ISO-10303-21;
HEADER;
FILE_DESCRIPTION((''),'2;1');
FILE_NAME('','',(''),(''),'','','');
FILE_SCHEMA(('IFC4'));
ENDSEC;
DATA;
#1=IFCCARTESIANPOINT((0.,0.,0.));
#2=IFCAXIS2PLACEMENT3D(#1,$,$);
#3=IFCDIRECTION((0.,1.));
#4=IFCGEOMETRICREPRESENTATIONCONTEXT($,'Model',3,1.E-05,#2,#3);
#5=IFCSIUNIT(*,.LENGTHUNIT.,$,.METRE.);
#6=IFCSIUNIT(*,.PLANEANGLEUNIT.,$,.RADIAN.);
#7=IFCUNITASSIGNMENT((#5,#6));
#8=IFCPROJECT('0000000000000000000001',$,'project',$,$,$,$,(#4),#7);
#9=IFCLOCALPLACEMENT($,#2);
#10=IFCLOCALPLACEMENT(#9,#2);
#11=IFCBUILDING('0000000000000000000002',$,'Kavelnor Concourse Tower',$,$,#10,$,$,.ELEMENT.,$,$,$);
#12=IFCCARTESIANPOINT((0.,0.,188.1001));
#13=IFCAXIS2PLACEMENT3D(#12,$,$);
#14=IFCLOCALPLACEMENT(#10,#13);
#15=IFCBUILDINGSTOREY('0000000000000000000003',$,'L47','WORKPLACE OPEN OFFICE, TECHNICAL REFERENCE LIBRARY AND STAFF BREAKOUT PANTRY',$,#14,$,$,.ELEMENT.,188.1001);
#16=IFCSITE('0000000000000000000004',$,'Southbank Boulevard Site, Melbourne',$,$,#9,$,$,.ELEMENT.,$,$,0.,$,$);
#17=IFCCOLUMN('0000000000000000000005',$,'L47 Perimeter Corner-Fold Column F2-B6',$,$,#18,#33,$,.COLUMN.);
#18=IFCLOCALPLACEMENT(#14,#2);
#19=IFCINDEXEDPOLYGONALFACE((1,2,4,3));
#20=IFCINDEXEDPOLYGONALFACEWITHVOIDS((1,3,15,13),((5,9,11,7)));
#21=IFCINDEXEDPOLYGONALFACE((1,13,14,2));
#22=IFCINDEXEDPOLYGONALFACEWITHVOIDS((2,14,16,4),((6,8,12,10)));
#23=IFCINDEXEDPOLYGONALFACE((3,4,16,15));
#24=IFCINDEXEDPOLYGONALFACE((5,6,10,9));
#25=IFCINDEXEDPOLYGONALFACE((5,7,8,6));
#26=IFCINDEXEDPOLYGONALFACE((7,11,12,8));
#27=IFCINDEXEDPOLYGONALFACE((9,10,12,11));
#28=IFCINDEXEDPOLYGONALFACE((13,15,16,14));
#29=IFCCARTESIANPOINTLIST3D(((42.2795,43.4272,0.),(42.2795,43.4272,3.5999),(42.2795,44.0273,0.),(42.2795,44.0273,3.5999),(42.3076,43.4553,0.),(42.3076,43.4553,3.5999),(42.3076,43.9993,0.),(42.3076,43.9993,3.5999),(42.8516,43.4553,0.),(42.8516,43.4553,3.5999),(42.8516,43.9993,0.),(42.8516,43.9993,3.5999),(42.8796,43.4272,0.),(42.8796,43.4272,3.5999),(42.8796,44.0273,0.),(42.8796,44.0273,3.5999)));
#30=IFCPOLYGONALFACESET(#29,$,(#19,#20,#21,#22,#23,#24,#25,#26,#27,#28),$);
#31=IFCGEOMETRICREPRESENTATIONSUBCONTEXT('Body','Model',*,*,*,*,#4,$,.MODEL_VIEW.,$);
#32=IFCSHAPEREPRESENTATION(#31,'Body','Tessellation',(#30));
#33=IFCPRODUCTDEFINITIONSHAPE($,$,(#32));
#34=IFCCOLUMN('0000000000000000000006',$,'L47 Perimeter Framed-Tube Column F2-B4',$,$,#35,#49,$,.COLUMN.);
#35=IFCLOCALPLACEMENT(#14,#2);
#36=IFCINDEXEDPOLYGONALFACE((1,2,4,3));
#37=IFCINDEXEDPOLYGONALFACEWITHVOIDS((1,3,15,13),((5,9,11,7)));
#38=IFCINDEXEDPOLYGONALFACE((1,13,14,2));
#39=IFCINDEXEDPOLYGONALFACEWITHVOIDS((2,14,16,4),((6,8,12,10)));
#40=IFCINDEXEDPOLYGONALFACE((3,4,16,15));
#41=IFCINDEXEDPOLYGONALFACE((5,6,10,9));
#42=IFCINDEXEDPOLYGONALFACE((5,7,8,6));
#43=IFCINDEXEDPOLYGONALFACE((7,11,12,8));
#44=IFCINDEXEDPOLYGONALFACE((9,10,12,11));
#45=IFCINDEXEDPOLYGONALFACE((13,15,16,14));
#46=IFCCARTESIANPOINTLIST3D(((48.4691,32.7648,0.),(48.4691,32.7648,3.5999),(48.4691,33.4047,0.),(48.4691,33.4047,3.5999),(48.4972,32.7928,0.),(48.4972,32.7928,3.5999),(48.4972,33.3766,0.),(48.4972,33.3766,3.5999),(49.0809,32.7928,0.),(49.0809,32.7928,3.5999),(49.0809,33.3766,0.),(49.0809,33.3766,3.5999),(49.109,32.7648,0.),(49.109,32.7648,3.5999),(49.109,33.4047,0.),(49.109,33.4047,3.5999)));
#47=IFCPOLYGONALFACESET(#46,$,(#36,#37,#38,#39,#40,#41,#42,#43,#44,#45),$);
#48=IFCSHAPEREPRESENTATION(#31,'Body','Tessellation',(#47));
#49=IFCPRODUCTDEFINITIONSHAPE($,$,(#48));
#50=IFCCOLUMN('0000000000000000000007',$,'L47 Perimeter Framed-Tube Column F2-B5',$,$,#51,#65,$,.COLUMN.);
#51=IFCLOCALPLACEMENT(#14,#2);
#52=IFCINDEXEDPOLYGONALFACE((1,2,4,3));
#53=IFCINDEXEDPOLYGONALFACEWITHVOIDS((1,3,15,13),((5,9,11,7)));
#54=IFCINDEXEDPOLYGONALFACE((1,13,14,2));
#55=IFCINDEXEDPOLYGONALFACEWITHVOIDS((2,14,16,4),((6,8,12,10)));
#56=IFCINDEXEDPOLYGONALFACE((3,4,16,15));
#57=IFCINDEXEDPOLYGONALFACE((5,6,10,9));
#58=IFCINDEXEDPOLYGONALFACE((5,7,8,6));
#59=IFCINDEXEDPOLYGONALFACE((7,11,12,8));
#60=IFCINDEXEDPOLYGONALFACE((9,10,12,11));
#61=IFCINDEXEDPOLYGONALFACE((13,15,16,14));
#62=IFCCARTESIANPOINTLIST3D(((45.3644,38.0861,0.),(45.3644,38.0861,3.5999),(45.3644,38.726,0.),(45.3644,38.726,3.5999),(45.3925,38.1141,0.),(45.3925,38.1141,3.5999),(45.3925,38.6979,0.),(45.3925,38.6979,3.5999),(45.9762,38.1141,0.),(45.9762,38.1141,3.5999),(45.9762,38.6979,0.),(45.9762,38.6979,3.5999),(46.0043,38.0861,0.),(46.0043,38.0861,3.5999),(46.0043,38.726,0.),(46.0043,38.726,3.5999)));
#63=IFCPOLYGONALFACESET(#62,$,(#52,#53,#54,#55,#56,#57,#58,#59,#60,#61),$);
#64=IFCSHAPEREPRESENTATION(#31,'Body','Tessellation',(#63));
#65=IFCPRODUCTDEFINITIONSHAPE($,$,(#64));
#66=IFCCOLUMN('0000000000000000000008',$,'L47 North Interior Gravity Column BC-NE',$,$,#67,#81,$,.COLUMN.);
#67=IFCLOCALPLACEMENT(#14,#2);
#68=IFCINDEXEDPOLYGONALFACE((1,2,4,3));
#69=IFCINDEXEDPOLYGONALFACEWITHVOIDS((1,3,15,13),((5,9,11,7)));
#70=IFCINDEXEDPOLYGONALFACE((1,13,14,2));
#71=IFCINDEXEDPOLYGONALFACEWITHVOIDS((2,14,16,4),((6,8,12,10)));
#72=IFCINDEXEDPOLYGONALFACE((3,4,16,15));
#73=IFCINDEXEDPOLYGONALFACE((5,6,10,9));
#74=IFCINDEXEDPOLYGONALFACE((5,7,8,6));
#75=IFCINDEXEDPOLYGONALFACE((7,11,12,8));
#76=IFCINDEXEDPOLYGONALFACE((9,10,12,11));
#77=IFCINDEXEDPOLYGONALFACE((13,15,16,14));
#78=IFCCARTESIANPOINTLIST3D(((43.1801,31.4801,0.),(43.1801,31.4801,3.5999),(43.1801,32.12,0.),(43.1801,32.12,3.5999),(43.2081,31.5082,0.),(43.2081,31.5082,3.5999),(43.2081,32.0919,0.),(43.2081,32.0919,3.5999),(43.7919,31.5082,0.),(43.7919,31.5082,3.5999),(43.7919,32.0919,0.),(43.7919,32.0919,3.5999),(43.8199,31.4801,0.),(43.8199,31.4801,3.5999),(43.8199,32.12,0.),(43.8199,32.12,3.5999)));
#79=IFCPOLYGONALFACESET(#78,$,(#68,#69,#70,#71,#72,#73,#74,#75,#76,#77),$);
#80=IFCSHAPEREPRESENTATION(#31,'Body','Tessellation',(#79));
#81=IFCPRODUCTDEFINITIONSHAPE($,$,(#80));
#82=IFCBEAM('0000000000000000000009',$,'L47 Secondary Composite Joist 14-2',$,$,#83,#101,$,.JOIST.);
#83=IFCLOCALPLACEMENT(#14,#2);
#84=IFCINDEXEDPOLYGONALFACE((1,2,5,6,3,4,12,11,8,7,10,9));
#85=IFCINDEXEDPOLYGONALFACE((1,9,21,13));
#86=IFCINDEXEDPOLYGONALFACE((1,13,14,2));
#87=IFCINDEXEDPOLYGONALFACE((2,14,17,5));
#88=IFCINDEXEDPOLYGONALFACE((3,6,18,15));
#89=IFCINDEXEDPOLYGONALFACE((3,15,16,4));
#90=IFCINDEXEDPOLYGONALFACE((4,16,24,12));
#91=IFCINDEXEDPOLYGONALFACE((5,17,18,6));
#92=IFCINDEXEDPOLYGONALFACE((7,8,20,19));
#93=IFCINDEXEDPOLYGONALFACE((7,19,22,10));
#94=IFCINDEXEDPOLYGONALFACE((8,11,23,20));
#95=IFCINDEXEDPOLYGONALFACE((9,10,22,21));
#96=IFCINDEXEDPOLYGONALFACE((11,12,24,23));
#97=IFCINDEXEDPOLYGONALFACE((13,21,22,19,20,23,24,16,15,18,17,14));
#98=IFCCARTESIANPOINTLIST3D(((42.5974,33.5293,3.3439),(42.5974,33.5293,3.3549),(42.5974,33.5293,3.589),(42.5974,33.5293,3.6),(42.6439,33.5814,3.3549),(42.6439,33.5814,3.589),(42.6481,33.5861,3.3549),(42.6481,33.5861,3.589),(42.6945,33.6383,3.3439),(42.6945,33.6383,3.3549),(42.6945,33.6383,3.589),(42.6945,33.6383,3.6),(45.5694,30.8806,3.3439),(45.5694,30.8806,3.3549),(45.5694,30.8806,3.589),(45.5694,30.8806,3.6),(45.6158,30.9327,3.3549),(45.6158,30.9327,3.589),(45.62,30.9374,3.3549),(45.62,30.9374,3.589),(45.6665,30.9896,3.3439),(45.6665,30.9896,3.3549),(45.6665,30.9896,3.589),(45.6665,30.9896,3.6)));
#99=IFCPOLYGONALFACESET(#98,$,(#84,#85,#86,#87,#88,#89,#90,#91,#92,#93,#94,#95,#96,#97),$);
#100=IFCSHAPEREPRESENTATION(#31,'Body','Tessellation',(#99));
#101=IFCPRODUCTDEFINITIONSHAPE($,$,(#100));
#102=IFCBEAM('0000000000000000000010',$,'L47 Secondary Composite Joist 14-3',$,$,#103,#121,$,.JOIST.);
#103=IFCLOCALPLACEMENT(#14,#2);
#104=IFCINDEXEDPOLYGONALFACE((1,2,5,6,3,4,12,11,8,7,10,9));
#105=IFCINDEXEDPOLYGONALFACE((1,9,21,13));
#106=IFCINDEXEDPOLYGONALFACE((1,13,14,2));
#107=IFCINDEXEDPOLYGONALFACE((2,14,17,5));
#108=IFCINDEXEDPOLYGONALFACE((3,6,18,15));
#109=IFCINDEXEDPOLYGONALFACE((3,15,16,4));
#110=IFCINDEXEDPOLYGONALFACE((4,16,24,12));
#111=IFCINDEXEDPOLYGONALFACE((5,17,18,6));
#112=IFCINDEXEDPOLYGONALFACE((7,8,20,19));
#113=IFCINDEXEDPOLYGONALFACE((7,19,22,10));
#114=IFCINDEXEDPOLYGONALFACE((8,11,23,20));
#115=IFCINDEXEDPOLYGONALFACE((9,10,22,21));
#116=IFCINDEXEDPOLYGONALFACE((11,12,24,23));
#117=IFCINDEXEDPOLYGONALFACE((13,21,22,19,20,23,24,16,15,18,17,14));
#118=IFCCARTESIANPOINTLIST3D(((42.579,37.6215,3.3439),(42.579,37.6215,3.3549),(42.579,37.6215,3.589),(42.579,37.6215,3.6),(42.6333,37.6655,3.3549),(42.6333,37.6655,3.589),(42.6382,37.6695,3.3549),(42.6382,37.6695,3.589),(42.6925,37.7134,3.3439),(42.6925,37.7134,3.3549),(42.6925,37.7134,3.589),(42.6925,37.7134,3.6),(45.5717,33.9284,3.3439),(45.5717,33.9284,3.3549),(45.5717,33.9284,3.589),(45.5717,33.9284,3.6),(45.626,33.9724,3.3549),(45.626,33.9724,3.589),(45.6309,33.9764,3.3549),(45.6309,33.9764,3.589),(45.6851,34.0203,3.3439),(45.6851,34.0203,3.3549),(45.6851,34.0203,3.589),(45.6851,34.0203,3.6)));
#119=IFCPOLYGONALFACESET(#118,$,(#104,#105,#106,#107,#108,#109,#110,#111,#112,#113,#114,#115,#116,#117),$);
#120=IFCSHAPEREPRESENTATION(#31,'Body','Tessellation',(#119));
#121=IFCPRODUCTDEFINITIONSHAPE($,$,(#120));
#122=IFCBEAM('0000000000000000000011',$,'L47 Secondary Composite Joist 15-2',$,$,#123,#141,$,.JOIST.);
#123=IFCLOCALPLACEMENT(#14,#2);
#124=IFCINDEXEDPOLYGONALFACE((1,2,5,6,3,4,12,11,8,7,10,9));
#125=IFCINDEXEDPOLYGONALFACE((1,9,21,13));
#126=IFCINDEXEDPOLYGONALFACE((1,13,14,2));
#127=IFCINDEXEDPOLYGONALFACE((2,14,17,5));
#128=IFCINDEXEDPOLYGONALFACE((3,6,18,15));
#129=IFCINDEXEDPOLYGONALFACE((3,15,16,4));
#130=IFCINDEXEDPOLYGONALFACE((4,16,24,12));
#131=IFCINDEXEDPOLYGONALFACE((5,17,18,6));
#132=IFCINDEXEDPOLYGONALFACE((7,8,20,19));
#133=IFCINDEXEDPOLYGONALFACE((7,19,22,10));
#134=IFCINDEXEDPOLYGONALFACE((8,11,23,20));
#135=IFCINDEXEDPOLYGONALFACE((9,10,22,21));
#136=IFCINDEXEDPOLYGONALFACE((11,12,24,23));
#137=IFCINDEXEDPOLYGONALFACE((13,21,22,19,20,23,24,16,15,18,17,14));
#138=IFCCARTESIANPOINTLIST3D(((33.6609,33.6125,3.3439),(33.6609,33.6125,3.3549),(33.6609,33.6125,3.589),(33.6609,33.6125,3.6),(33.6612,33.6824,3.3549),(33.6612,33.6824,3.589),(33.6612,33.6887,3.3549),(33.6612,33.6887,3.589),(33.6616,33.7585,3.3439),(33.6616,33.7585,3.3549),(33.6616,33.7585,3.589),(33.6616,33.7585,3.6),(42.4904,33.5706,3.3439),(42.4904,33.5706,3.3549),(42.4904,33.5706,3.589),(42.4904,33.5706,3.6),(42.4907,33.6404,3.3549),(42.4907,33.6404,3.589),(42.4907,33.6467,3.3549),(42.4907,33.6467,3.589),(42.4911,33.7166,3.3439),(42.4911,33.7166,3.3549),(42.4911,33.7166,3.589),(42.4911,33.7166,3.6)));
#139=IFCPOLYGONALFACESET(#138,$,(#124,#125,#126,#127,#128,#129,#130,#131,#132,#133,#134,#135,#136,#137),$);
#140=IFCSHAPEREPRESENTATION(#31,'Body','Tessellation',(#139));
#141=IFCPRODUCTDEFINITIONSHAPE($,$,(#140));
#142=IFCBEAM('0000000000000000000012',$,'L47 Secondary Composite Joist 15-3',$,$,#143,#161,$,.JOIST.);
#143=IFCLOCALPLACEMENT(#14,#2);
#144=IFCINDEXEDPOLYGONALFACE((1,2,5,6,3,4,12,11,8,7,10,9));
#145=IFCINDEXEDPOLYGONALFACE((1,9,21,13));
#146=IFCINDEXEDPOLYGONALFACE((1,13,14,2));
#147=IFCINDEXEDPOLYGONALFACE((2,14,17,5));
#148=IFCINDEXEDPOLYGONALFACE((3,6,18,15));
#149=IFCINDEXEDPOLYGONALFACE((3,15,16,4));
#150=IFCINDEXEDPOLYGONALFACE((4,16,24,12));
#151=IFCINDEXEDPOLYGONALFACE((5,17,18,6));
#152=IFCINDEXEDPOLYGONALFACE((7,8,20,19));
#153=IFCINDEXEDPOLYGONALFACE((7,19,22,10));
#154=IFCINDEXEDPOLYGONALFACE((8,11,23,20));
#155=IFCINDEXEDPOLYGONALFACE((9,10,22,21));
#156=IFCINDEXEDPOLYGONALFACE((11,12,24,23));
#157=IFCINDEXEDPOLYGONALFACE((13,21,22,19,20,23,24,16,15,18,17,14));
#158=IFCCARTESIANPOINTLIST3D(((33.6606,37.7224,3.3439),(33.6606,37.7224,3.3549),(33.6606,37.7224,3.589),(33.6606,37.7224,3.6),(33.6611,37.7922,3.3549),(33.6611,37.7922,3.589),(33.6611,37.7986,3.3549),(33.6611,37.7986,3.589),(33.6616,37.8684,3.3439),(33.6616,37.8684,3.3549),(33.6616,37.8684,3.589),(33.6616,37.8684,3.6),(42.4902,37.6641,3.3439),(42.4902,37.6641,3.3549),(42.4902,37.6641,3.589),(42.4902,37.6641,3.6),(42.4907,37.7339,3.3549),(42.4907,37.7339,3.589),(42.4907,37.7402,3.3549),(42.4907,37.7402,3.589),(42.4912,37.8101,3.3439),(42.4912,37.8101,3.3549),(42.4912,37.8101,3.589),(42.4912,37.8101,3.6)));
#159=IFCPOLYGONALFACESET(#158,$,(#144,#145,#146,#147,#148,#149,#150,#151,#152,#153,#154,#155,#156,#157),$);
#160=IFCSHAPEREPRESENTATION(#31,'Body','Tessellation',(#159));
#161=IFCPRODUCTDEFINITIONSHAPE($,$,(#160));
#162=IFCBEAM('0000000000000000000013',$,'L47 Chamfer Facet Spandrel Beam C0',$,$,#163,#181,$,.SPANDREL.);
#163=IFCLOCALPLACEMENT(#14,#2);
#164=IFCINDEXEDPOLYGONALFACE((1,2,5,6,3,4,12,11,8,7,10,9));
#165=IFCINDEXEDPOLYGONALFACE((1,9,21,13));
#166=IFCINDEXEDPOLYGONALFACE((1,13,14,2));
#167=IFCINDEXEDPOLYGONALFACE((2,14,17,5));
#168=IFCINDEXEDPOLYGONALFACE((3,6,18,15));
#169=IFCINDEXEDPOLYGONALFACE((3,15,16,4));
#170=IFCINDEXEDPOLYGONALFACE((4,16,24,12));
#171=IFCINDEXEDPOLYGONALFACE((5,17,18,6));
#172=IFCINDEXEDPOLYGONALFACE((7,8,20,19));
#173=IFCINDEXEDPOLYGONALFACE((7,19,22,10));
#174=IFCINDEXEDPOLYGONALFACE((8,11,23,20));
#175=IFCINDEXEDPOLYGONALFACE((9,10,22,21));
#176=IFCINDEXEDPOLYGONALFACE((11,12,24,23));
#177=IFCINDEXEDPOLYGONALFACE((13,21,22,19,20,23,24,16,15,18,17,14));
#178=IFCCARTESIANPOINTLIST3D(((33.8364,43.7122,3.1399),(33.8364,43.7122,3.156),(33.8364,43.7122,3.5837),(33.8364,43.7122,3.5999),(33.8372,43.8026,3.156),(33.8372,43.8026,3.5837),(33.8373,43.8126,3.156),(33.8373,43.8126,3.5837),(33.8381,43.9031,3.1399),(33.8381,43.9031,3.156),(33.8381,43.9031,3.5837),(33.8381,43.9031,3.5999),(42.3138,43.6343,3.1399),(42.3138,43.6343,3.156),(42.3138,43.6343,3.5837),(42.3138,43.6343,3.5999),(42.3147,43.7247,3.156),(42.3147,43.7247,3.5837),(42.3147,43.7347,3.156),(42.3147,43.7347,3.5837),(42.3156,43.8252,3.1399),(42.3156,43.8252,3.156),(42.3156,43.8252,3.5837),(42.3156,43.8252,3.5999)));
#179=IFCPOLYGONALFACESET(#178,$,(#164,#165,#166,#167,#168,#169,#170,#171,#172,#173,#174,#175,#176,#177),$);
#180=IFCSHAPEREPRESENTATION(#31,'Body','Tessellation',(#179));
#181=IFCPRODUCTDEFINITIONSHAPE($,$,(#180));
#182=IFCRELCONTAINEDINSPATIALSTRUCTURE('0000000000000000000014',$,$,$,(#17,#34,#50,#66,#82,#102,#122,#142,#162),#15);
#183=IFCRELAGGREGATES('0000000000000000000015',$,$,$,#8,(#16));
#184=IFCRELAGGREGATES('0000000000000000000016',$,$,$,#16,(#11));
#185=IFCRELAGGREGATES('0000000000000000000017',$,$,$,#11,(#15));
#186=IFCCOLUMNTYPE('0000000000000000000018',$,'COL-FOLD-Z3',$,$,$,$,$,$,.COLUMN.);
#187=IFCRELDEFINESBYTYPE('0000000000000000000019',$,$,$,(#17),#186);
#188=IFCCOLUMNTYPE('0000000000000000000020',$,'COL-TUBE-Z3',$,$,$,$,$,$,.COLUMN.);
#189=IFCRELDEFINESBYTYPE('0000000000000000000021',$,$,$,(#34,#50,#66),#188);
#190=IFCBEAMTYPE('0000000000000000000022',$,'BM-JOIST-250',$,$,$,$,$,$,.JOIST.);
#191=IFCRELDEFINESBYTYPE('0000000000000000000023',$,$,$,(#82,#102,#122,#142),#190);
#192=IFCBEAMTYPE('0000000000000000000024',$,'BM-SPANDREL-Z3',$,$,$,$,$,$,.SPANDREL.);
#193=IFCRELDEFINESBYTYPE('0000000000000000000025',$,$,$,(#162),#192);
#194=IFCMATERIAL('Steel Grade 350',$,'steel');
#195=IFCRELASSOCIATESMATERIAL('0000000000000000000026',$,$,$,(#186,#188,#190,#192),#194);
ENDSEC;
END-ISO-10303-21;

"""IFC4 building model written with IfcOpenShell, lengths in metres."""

from ifc_helpers import new_model, si_unit, direction, frame, origin, origin_2d, place, context, subcontext, project, spatial, hollow_rectangle, i_section, extrude, material, material_profile, profile_set, type_object, element, save


model = new_model("IFC4")

# Units and contexts
model_context = context("Model", 3, precision=1e-05, world=origin(), true_north=direction((0.0, 1.0)))
body_context = subcontext(model_context, "Body", "Model", "MODEL_VIEW")
ifc_project = project(units=[si_unit("LENGTHUNIT", "METRE"), si_unit("PLANEANGLEUNIT", "RADIAN")], contexts=[model_context])

# Site, building, storey
site_placement = place(None, origin())
site = spatial("IfcSite", under=ifc_project, at=site_placement, Name="Southbank Boulevard Site, Melbourne", CompositionType="ELEMENT", RefElevation=0.0)
building_placement = place(site_placement, origin())
building = spatial("IfcBuilding", under=site, at=building_placement, Name="Kavelnor Concourse Tower", CompositionType="ELEMENT")
storey_placement = place(building_placement, frame((0.0, 0.0, 188.1001)))
storey = spatial("IfcBuildingStorey", under=building, at=storey_placement, Name="L47", Description="WORKPLACE OPEN OFFICE, TECHNICAL REFERENCE LIBRARY AND STAFF BREAKOUT PANTRY", CompositionType="ELEMENT", Elevation=188.1001)

# Columns
ifc_material_1 = material(Name="Steel Grade 350", Category="steel")
ifc_material_profile_1 = material_profile(ifc_material_1, hollow_rectangle(XDim=0.6001, YDim=0.6001, WallThickness=0.0281, at=origin_2d()), Name="SHS 600x600x28")
ifc_profile_set_1 = profile_set([ifc_material_profile_1], Name="Steel Grade 350")
column_type_1 = type_object("IfcColumnType", Name="COL-FOLD-Z3", PredefinedType="COLUMN", material=ifc_profile_set_1)
column_placement = place(storey_placement, frame((42.5796, 43.7273, 0.0), z_axis=(0.0, 0.0, 1.0), x_axis=(1.0, 0.0, 0.0)))
element("IfcColumn", 1, at=column_placement, inside=storey, type_object=column_type_1, Name="L47 Perimeter Corner-Fold Column F2-B6", PredefinedType="COLUMN", context=body_context, shape_type="SweptSolid", body=[
    extrude(hollow_rectangle(XDim=0.6001, YDim=0.6001, WallThickness=0.0281, at=origin_2d()), origin(), (0.0, 0.0, 1.0), 3.5999),
])
ifc_material_profile_2 = material_profile(ifc_material_1, hollow_rectangle(XDim=0.6399, YDim=0.6399, WallThickness=0.0281, at=origin_2d()), Name="SHS 640x640x28")
ifc_profile_set_2 = profile_set([ifc_material_profile_2], Name="Steel Grade 350")
column_type_2 = type_object("IfcColumnType", Name="COL-TUBE-Z3", PredefinedType="COLUMN", material=ifc_profile_set_2)
for number, where, z_axis, x_axis, name in (
    (2, (48.7891, 33.0847, 0.0), (0.0, 0.0, 1.0), (1.0, 0.0, 0.0), "L47 Perimeter Framed-Tube Column F2-B4"),
    (3, (45.6843, 38.406, 0.0), (0.0, 0.0, 1.0), (1.0, 0.0, 0.0), "L47 Perimeter Framed-Tube Column F2-B5"),
    (4, (43.5, 31.8, 0.0), (0.0, 0.0, 1.0), (1.0, 0.0, 0.0), "L47 North Interior Gravity Column BC-NE"),
):
    element("IfcColumn", number, at=place(storey_placement, frame(where, z_axis=z_axis, x_axis=x_axis)), inside=storey, type_object=column_type_2, Name=name, PredefinedType="COLUMN", context=body_context, shape_type="SweptSolid", body=[
        extrude(hollow_rectangle(XDim=0.6399, YDim=0.6399, WallThickness=0.0281, at=origin_2d()), origin(), (0.0, 0.0, 1.0), 3.5999),
    ])

# Beams
ifc_material_profile_3 = material_profile(ifc_material_1, i_section(OverallWidth=0.146, OverallDepth=0.2561, WebThickness=0.0063, FlangeThickness=0.011, at=origin_2d()), Name="250UB37")
ifc_profile_set_3 = profile_set([ifc_material_profile_3], Name="Steel Grade 350")
beam_type_1 = type_object("IfcBeamType", Name="BM-JOIST-250", PredefinedType="JOIST", material=ifc_profile_set_3)
beam_1_placement = place(storey_placement, frame((45.6179, 30.9351, 3.4719), z_axis=(-0.746539, 0.665342, 0.0), x_axis=(-0.665342, -0.746539, 0.0)))
element("IfcBeam", 5, at=beam_1_placement, inside=storey, type_object=beam_type_1, Name="L47 Secondary Composite Joist 14-2", PredefinedType="JOIST", context=body_context, shape_type="SweptSolid", body=[
    extrude(i_section(OverallWidth=0.146, OverallDepth=0.2561, WebThickness=0.0063, FlangeThickness=0.011, at=origin_2d()), origin(), (0.0, 0.0, 1.0), 3.981),
])
beam_2_placement = place(storey_placement, frame((45.6284, 33.9744, 3.4719), z_axis=(-0.629581, 0.776935, 0.0), x_axis=(-0.776935, -0.629581, 0.0)))
element("IfcBeam", 6, at=beam_2_placement, inside=storey, type_object=beam_type_1, Name="L47 Secondary Composite Joist 14-3", PredefinedType="JOIST", context=body_context, shape_type="SweptSolid", body=[
    extrude(i_section(OverallWidth=0.146, OverallDepth=0.2561, WebThickness=0.0063, FlangeThickness=0.011, at=origin_2d()), origin(), (0.0, 0.0, 1.0), 4.7534),
])
beam_3_placement = place(storey_placement, frame((42.4907, 33.6436, 3.4719), z_axis=(-0.999989, 0.004756, 0.0), x_axis=(-0.004756, -0.999989, 0.0)))
element("IfcBeam", 7, at=beam_3_placement, inside=storey, type_object=beam_type_1, Name="L47 Secondary Composite Joist 15-2", PredefinedType="JOIST", context=body_context, shape_type="SweptSolid", body=[
    extrude(i_section(OverallWidth=0.146, OverallDepth=0.2561, WebThickness=0.0063, FlangeThickness=0.011, at=origin_2d()), origin(), (0.0, 0.0, 1.0), 8.8296),
])
beam_4_placement = place(storey_placement, frame((42.4907, 37.7371, 3.4719), z_axis=(-0.999978, 0.006608, 0.0), x_axis=(-0.006608, -0.999978, 0.0)))
element("IfcBeam", 8, at=beam_4_placement, inside=storey, type_object=beam_type_1, Name="L47 Secondary Composite Joist 15-3", PredefinedType="JOIST", context=body_context, shape_type="SweptSolid", body=[
    extrude(i_section(OverallWidth=0.146, OverallDepth=0.2561, WebThickness=0.0063, FlangeThickness=0.011, at=origin_2d()), origin(), (0.0, 0.0, 1.0), 8.8298),
])
ifc_material_profile_4 = material_profile(ifc_material_1, i_section(OverallWidth=0.1909, OverallDepth=0.46, WebThickness=0.01, FlangeThickness=0.0161, at=origin_2d()), Name="460UB82")
ifc_profile_set_4 = profile_set([ifc_material_profile_4], Name="Steel Grade 350")
beam_type_2 = type_object("IfcBeamType", Name="BM-SPANDREL-Z3", PredefinedType="SPANDREL", material=ifc_profile_set_4)
beam_5_placement = place(storey_placement, frame((42.3147, 43.7297, 3.3699), z_axis=(-0.999958, 0.009186, 0.0), x_axis=(-0.009186, -0.999958, 0.0)))
element("IfcBeam", 9, at=beam_5_placement, inside=storey, type_object=beam_type_2, Name="L47 Chamfer Facet Spandrel Beam C0", PredefinedType="SPANDREL", context=body_context, shape_type="SweptSolid", body=[
    extrude(i_section(OverallWidth=0.1909, OverallDepth=0.46, WebThickness=0.01, FlangeThickness=0.0161, at=origin_2d()), origin(), (0.0, 0.0, 1.0), 8.4778),
])

save(model, "model.ifc")
